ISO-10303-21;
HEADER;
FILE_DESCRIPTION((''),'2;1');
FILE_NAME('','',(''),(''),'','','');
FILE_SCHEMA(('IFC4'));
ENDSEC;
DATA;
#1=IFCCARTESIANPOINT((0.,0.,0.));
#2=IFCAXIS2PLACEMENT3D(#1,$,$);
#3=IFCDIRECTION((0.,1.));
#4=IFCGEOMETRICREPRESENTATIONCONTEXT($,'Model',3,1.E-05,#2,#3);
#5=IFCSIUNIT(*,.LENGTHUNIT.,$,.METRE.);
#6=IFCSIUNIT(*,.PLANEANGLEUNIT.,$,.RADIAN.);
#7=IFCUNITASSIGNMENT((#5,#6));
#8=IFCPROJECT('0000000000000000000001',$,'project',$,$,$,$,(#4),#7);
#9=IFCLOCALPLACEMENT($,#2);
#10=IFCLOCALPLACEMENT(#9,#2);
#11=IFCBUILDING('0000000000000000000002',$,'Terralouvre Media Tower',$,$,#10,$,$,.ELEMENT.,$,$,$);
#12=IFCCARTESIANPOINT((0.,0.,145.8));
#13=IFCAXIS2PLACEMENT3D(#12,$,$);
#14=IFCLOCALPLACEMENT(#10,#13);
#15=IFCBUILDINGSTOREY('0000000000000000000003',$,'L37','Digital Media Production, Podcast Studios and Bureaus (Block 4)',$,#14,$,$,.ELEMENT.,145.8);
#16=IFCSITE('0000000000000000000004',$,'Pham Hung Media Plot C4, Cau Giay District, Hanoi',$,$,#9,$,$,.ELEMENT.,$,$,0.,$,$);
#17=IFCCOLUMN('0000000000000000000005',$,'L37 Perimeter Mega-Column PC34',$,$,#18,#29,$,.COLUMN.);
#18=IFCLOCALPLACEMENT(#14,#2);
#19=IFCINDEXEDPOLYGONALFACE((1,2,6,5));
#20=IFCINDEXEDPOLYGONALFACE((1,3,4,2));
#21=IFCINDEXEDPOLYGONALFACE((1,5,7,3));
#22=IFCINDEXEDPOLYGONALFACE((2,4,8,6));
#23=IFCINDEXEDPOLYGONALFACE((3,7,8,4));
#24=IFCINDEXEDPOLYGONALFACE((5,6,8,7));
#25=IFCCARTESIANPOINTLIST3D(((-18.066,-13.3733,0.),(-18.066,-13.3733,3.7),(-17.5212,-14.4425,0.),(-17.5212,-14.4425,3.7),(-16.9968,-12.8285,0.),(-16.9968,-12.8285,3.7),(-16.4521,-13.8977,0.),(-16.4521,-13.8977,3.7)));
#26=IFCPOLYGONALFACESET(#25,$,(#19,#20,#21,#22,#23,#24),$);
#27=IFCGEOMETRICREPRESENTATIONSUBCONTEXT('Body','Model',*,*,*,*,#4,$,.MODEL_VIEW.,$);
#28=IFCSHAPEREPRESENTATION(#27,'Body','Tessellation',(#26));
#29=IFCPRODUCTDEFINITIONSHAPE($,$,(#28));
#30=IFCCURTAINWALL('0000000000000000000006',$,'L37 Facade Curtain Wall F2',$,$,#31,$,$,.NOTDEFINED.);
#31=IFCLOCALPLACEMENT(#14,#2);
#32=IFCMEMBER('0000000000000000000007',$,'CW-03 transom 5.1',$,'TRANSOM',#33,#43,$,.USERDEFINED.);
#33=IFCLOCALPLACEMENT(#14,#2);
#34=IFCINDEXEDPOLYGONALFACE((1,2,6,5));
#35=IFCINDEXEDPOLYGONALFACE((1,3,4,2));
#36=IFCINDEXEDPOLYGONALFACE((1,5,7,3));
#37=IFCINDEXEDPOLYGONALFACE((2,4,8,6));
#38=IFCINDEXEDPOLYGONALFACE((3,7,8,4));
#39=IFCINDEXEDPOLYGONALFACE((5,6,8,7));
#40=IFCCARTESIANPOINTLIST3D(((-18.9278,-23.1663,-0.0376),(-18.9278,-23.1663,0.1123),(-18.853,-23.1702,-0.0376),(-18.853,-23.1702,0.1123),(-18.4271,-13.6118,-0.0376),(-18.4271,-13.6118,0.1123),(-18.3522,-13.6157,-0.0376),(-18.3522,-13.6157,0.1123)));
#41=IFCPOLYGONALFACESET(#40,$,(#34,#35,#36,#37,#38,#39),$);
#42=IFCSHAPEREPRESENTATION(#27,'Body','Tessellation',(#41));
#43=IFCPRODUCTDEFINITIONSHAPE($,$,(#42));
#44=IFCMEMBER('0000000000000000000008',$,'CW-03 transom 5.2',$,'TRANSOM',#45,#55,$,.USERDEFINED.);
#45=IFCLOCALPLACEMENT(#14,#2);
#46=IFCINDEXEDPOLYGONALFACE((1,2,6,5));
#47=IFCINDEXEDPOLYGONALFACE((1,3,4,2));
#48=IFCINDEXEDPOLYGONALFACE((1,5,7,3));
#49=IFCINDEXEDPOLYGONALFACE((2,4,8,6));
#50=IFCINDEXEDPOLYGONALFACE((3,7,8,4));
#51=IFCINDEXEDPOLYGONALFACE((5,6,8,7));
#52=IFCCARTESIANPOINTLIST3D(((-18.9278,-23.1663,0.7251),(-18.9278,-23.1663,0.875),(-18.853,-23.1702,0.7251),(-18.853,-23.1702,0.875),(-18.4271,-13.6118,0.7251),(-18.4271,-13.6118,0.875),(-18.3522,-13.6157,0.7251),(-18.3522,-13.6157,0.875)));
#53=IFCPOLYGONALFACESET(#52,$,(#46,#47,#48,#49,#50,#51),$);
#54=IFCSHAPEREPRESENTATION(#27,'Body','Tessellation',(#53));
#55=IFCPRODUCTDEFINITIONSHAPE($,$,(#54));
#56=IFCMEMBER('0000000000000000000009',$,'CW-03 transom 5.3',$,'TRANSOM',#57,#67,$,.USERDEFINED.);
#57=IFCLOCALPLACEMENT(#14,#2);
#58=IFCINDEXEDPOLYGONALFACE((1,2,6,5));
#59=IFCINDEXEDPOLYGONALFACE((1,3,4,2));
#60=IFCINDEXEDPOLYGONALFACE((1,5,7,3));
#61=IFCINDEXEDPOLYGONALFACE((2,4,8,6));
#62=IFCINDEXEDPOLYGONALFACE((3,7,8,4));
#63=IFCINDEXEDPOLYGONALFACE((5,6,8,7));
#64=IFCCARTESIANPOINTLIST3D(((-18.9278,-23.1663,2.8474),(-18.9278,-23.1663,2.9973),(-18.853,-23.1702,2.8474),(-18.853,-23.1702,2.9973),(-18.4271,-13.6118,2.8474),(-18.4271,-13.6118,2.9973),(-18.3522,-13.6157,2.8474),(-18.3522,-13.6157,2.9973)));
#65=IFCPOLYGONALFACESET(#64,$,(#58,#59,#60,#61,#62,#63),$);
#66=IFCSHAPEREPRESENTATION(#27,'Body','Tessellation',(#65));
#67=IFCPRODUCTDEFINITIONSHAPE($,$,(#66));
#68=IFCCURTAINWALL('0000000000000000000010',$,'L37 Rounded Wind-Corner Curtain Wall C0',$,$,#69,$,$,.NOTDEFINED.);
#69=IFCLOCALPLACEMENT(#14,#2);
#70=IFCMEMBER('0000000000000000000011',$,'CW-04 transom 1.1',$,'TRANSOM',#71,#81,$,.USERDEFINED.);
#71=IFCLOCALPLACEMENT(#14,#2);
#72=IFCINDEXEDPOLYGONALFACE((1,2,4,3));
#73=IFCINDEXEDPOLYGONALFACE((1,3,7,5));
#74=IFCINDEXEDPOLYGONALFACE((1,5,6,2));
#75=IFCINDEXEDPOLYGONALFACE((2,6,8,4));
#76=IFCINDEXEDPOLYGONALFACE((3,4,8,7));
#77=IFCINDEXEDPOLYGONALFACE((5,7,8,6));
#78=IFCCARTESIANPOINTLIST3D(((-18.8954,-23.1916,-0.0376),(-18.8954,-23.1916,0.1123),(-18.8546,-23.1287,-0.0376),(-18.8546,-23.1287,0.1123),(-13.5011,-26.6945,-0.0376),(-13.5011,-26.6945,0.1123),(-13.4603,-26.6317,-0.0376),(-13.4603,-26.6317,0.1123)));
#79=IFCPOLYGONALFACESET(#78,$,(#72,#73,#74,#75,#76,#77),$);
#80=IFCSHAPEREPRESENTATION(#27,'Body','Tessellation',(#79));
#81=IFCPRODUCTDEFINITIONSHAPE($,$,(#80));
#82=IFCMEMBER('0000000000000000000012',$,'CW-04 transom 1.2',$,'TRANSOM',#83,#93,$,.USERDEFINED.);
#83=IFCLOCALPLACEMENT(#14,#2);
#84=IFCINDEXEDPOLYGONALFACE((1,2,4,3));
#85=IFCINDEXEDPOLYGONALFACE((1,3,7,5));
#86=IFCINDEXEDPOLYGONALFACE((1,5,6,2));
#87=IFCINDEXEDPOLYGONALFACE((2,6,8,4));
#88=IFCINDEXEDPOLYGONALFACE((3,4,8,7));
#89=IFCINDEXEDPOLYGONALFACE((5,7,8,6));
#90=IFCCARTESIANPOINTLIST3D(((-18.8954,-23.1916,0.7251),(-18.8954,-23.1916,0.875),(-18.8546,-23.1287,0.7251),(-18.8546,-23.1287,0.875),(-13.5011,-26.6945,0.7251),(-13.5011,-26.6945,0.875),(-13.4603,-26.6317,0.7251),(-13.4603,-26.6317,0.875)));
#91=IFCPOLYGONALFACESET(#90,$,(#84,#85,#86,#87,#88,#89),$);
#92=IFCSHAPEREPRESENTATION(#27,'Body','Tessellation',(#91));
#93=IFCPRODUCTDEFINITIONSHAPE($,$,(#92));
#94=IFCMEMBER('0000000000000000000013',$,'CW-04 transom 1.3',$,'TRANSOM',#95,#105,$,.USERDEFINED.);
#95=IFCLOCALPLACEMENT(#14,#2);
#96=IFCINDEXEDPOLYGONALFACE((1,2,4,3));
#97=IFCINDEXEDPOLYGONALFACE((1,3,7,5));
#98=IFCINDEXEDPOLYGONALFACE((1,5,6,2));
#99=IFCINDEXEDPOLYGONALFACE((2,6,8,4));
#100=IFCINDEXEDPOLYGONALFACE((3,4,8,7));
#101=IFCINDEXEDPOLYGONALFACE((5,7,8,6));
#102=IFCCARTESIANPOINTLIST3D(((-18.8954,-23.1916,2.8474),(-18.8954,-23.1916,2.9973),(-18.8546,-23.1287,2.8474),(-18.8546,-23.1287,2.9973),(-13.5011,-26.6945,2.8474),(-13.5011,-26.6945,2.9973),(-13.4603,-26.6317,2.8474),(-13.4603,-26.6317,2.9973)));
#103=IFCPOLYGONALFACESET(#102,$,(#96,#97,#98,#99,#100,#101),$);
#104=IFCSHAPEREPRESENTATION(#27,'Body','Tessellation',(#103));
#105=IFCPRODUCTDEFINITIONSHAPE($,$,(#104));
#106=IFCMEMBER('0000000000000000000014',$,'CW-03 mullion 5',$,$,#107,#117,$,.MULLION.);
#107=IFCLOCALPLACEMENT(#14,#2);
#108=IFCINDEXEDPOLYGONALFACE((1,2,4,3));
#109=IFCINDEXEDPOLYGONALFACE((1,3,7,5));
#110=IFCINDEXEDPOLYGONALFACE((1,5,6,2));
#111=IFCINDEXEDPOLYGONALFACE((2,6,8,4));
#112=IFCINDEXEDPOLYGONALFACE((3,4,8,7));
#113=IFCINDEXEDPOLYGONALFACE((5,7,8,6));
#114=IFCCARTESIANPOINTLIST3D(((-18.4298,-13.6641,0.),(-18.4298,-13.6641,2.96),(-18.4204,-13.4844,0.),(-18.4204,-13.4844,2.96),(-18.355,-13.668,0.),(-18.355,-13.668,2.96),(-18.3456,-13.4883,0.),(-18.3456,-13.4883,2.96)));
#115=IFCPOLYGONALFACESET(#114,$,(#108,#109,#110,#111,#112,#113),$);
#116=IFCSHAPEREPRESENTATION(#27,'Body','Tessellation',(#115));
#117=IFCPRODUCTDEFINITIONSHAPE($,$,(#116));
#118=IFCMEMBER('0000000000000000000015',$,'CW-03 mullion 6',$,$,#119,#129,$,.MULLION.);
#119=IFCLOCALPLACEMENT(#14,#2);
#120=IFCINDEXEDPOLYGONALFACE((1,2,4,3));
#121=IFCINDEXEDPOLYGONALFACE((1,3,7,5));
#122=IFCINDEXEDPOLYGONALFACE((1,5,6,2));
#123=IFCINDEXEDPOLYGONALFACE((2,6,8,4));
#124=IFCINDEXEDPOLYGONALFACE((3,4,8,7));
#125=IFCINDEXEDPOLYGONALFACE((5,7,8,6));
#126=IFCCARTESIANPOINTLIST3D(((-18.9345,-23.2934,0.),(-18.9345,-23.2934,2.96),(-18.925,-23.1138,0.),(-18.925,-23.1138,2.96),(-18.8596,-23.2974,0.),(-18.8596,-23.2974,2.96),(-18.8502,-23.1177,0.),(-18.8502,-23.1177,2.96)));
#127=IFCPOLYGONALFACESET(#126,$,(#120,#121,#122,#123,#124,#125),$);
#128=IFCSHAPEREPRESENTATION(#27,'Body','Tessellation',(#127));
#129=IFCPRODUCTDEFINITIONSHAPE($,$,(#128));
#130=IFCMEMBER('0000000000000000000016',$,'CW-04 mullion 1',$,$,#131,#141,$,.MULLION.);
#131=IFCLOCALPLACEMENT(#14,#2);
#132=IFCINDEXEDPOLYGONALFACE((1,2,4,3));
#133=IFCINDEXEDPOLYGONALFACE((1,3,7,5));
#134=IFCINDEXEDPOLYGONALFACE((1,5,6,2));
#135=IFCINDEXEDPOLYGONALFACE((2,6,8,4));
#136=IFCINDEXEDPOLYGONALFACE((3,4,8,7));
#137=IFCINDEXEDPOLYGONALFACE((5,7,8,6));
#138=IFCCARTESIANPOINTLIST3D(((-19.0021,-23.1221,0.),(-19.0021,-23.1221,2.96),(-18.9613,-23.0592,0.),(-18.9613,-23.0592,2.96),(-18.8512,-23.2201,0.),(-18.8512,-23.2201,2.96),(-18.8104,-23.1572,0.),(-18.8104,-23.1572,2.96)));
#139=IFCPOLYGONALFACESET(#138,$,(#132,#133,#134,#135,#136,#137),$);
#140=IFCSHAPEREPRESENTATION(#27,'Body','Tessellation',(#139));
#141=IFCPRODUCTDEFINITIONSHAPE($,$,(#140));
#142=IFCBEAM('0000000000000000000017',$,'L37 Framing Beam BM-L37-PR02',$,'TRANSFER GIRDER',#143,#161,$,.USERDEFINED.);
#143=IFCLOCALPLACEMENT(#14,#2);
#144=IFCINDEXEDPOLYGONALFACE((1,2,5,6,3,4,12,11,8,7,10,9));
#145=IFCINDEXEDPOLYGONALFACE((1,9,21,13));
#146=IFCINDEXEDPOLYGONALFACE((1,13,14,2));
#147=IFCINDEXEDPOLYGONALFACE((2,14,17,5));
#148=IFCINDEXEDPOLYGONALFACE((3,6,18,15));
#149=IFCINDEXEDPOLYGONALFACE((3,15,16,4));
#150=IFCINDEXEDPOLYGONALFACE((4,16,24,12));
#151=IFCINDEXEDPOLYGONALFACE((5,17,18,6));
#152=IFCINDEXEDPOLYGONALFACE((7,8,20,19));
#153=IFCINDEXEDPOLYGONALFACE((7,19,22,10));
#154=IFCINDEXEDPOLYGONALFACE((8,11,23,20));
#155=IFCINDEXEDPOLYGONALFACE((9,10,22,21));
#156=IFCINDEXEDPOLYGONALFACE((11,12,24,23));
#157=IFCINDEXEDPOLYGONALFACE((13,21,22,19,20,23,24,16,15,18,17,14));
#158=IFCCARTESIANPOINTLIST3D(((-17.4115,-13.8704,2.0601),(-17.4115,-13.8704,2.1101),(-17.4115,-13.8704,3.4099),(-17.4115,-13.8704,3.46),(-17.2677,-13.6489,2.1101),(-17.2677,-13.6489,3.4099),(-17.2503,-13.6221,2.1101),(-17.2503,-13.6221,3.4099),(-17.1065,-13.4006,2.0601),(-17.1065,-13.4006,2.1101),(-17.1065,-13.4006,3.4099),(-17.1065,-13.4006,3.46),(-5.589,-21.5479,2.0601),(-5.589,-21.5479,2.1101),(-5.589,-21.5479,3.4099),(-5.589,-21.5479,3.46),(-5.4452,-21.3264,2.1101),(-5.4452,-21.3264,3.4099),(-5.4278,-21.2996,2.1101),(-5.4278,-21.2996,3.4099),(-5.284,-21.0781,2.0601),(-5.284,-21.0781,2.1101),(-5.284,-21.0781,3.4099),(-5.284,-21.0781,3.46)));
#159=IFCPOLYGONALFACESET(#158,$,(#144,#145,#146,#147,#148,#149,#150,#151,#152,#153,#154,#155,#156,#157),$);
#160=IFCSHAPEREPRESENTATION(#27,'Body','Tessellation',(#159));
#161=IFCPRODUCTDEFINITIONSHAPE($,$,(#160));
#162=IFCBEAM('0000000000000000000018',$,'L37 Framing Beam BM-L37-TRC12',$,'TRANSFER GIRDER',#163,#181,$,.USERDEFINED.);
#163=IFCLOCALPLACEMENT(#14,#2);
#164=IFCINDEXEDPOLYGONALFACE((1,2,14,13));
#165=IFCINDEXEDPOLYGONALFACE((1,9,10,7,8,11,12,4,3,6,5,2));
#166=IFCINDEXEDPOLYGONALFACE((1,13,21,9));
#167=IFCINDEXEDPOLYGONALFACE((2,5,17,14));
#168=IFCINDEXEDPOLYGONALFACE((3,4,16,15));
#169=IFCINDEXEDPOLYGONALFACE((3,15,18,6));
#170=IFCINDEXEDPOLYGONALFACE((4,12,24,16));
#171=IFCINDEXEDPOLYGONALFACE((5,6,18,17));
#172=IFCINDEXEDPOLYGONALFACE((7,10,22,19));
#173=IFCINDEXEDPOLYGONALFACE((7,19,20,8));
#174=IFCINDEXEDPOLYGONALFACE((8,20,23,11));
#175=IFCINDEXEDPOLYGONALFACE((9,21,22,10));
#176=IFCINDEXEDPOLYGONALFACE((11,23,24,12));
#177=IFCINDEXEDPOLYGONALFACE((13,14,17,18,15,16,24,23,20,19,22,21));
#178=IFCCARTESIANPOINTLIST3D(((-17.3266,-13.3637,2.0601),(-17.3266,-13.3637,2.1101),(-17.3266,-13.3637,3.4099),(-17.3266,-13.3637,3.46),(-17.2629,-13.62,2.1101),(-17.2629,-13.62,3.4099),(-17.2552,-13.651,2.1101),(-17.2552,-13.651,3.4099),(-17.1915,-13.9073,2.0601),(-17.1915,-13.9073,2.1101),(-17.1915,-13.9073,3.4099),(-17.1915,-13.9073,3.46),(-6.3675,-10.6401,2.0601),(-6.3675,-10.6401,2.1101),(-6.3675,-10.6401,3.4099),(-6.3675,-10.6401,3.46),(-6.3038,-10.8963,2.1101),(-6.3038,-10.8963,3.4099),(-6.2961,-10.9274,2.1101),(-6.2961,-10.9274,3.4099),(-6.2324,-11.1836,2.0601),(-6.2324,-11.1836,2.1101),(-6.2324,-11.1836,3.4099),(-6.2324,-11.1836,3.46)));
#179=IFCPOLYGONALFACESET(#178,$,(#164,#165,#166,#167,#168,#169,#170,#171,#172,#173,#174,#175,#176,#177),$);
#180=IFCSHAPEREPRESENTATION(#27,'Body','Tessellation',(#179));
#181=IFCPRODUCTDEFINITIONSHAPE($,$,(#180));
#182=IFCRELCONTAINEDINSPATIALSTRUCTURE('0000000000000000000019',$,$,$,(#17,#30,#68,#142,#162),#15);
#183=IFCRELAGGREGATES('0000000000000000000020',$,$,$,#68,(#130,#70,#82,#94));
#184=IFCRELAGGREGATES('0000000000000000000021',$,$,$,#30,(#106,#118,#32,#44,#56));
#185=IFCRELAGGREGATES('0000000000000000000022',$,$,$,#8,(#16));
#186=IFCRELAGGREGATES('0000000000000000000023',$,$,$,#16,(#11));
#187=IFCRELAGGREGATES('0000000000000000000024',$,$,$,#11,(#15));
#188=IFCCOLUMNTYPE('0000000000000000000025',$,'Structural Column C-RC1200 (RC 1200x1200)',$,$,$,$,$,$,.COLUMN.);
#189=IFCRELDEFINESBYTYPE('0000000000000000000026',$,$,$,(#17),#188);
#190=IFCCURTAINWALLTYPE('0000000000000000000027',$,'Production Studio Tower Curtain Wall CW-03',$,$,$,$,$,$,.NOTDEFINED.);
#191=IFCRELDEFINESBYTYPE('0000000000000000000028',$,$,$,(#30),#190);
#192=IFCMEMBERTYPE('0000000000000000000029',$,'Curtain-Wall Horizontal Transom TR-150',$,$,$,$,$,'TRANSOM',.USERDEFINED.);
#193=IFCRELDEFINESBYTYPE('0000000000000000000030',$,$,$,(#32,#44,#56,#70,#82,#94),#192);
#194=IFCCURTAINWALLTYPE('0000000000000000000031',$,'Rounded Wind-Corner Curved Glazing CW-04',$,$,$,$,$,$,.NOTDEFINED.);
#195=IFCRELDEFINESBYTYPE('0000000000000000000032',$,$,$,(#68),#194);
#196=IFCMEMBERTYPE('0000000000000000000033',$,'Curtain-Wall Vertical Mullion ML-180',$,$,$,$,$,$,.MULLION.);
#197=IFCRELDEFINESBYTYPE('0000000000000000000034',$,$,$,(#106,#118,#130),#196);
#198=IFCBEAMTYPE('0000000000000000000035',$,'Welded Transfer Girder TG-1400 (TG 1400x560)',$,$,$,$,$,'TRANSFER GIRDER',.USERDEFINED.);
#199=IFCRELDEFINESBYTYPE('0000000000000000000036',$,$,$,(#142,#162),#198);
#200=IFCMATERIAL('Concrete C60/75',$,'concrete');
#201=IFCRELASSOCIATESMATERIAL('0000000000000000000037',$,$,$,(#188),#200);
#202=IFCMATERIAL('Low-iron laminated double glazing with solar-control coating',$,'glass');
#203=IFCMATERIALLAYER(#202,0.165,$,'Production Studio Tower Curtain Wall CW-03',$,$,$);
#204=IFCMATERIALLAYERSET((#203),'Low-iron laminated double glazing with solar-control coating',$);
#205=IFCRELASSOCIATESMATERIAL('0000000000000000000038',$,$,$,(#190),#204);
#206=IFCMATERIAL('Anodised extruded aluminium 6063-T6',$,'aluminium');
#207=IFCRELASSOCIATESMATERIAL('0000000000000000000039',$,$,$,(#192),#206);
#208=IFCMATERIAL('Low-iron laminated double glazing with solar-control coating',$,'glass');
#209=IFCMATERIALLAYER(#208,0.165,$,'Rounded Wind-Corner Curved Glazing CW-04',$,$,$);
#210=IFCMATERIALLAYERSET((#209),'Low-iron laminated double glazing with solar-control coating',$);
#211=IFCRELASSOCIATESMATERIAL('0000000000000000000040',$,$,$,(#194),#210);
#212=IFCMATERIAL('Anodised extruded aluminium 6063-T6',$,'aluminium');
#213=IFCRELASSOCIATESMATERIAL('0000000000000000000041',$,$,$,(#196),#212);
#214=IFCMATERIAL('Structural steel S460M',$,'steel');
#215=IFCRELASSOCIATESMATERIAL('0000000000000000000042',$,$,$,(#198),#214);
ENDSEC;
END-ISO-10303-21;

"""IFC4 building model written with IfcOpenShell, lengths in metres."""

from ifc_helpers import new_model, si_unit, direction, frame, origin, origin_2d, place, context, subcontext, project, spatial, rectangle, i_section, extrude, material, layer, layer_set, material_profile, profile_set, type_object, element, aggregate, save


model = new_model("IFC4")

# Units and contexts
model_context = context("Model", 3, precision=1e-05, world=origin(), true_north=direction((0.0, 1.0)))
body_context = subcontext(model_context, "Body", "Model", "MODEL_VIEW")
ifc_project = project(units=[si_unit("LENGTHUNIT", "METRE"), si_unit("PLANEANGLEUNIT", "RADIAN")], contexts=[model_context])

# Site, building, storey
site_placement = place(None, origin())
site = spatial("IfcSite", under=ifc_project, at=site_placement, Name="Pham Hung Media Plot C4, Cau Giay District, Hanoi", CompositionType="ELEMENT", RefElevation=0.0)
building_placement = place(site_placement, origin())
building = spatial("IfcBuilding", under=site, at=building_placement, Name="Terralouvre Media Tower", CompositionType="ELEMENT")
storey_placement = place(building_placement, frame((0.0, 0.0, 145.8)))
storey = spatial("IfcBuildingStorey", under=building, at=storey_placement, Name="L37", Description="Digital Media Production, Podcast Studios and Bureaus (Block 4)", CompositionType="ELEMENT", Elevation=145.8)

# Column
ifc_material_1 = material(Name="Concrete C60/75", Category="concrete")
ifc_material_profile_1 = material_profile(ifc_material_1, rectangle(XDim=1.2, YDim=1.2, at=origin_2d()), Name="RC 1200x1200")
ifc_profile_set_1 = profile_set([ifc_material_profile_1], Name="Concrete C60/75")
column_type = type_object("IfcColumnType", Name="Structural Column C-RC1200 (RC 1200x1200)", PredefinedType="COLUMN", material=ifc_profile_set_1)
column_placement = place(storey_placement, frame((-17.259, -13.6355, 0.0), z_axis=(0.0, 0.0, 1.0), x_axis=(0.891007, 0.45399, 0.0)))
element("IfcColumn", 1, at=column_placement, inside=storey, type_object=column_type, Name="L37 Perimeter Mega-Column PC34", PredefinedType="COLUMN", context=body_context, shape_type="SweptSolid", body=[
    extrude(rectangle(XDim=1.2, YDim=1.2, at=origin_2d()), origin(), (0.0, 0.0, 1.0), 3.7),
])

# Curtain walls, members
ifc_material_2 = material(Name="Low-iron laminated double glazing with solar-control coating", Category="glass")
ifc_layer_1 = layer(ifc_material_2, 0.165, Name="Production Studio Tower Curtain Wall CW-03")
ifc_layer_set_1 = layer_set([ifc_layer_1], Name="Low-iron laminated double glazing with solar-control coating")
curtain_wall_type_1 = type_object("IfcCurtainWallType", Name="Production Studio Tower Curtain Wall CW-03", PredefinedType="NOTDEFINED", material=ifc_layer_set_1)
curtain_wall_1_placement = place(storey_placement, origin())
curtain_wall_1 = element("IfcCurtainWall", 2, at=curtain_wall_1_placement, inside=storey, type_object=curtain_wall_type_1, Name="L37 Facade Curtain Wall F2", PredefinedType="NOTDEFINED")
ifc_material_3 = material(Name="Anodised extruded aluminium 6063-T6", Category="aluminium")
ifc_material_profile_2 = material_profile(ifc_material_3, rectangle(XDim=0.075, YDim=0.1499, at=origin_2d()), Name="ALU 75x150")
ifc_profile_set_2 = profile_set([ifc_material_profile_2], Name="Anodised extruded aluminium 6063-T6")
member_type_1 = type_object("IfcMemberType", Name="Curtain-Wall Horizontal Transom TR-150", ElementType="TRANSOM", PredefinedType="USERDEFINED", material=ifc_profile_set_2)
member_1_placement = place(storey_placement, frame((-18.3896, -13.6138, 0.0374), z_axis=(-0.052337, -0.99863, 0.0), x_axis=(0.99863, -0.052337, 0.0)))
member_1 = element("IfcMember", 3, at=member_1_placement, type_object=member_type_1, Name="CW-03 transom 5.1", ObjectType="TRANSOM", PredefinedType="USERDEFINED", context=body_context, shape_type="SweptSolid", body=[
    extrude(rectangle(XDim=0.075, YDim=0.1499, at=origin_2d()), origin(), (0.0, 0.0, 1.0), 9.5676),
])
member_2_placement = place(storey_placement, frame((-18.3896, -13.6138, 0.8), z_axis=(-0.052337, -0.99863, 0.0), x_axis=(0.99863, -0.052337, 0.0)))
member_2 = element("IfcMember", 4, at=member_2_placement, type_object=member_type_1, Name="CW-03 transom 5.2", ObjectType="TRANSOM", PredefinedType="USERDEFINED", context=body_context, shape_type="SweptSolid", body=[
    extrude(rectangle(XDim=0.075, YDim=0.1499, at=origin_2d()), origin(), (0.0, 0.0, 1.0), 9.5676),
])
member_3_placement = place(storey_placement, frame((-18.3896, -13.6138, 2.9224), z_axis=(-0.052337, -0.99863, 0.0), x_axis=(0.99863, -0.052337, 0.0)))
member_3 = element("IfcMember", 5, at=member_3_placement, type_object=member_type_1, Name="CW-03 transom 5.3", ObjectType="TRANSOM", PredefinedType="USERDEFINED", context=body_context, shape_type="SweptSolid", body=[
    extrude(rectangle(XDim=0.075, YDim=0.1499, at=origin_2d()), origin(), (0.0, 0.0, 1.0), 9.5676),
])
ifc_material_4 = material(Name="Low-iron laminated double glazing with solar-control coating", Category="glass")
ifc_layer_2 = layer(ifc_material_4, 0.165, Name="Rounded Wind-Corner Curved Glazing CW-04")
ifc_layer_set_2 = layer_set([ifc_layer_2], Name="Low-iron laminated double glazing with solar-control coating")
curtain_wall_type_2 = type_object("IfcCurtainWallType", Name="Rounded Wind-Corner Curved Glazing CW-04", PredefinedType="NOTDEFINED", material=ifc_layer_set_2)
curtain_wall_2_placement = place(storey_placement, origin())
curtain_wall_2 = element("IfcCurtainWall", 6, at=curtain_wall_2_placement, inside=storey, type_object=curtain_wall_type_2, Name="L37 Rounded Wind-Corner Curtain Wall C0", PredefinedType="NOTDEFINED")
member_4_placement = place(storey_placement, frame((-18.875, -23.1602, 0.0374), z_axis=(0.838682, -0.544621, 0.0), x_axis=(0.544621, 0.838682, 0.0)))
member_4 = element("IfcMember", 7, at=member_4_placement, type_object=member_type_1, Name="CW-04 transom 1.1", ObjectType="TRANSOM", PredefinedType="USERDEFINED", context=body_context, shape_type="SweptSolid", body=[
    extrude(rectangle(XDim=0.075, YDim=0.1499, at=origin_2d()), origin(), (0.0, 0.0, 1.0), 6.4319),
])
member_5_placement = place(storey_placement, frame((-18.875, -23.1602, 0.8), z_axis=(0.838682, -0.544621, 0.0), x_axis=(0.544621, 0.838682, 0.0)))
member_5 = element("IfcMember", 8, at=member_5_placement, type_object=member_type_1, Name="CW-04 transom 1.2", ObjectType="TRANSOM", PredefinedType="USERDEFINED", context=body_context, shape_type="SweptSolid", body=[
    extrude(rectangle(XDim=0.075, YDim=0.1499, at=origin_2d()), origin(), (0.0, 0.0, 1.0), 6.4319),
])
member_6_placement = place(storey_placement, frame((-18.875, -23.1602, 2.9224), z_axis=(0.838682, -0.544621, 0.0), x_axis=(0.544621, 0.838682, 0.0)))
member_6 = element("IfcMember", 9, at=member_6_placement, type_object=member_type_1, Name="CW-04 transom 1.3", ObjectType="TRANSOM", PredefinedType="USERDEFINED", context=body_context, shape_type="SweptSolid", body=[
    extrude(rectangle(XDim=0.075, YDim=0.1499, at=origin_2d()), origin(), (0.0, 0.0, 1.0), 6.4319),
])

# Members
ifc_material_5 = material(Name="Anodised extruded aluminium 6063-T6", Category="aluminium")
ifc_material_profile_3 = material_profile(ifc_material_5, rectangle(XDim=0.075, YDim=0.1799, at=origin_2d()), Name="ALU 75x180")
ifc_profile_set_3 = profile_set([ifc_material_profile_3], Name="Anodised extruded aluminium 6063-T6")
member_type_2 = type_object("IfcMemberType", Name="Curtain-Wall Vertical Mullion ML-180", PredefinedType="MULLION", material=ifc_profile_set_3)
member_7_placement = place(storey_placement, frame((-18.3877, -13.5762, 0.0), z_axis=(0.0, 0.0, 1.0), x_axis=(0.99863, -0.052336, 0.0)))
member_7 = element("IfcMember", 10, at=member_7_placement, type_object=member_type_2, Name="CW-03 mullion 5", PredefinedType="MULLION", context=body_context, shape_type="SweptSolid", body=[
    extrude(rectangle(XDim=0.075, YDim=0.1799, at=origin_2d()), origin(), (0.0, 0.0, 1.0), 2.96),
])
member_8_placement = place(storey_placement, frame((-18.8923, -23.2056, 0.0), z_axis=(0.0, 0.0, 1.0), x_axis=(0.99863, -0.052336, 0.0)))
member_8 = element("IfcMember", 11, at=member_8_placement, type_object=member_type_2, Name="CW-03 mullion 6", PredefinedType="MULLION", context=body_context, shape_type="SweptSolid", body=[
    extrude(rectangle(XDim=0.075, YDim=0.1799, at=origin_2d()), origin(), (0.0, 0.0, 1.0), 2.96),
])
member_9_placement = place(storey_placement, frame((-18.9062, -23.1396, 0.0), z_axis=(0.0, 0.0, 1.0), x_axis=(0.544639, 0.83867, 0.0)))
member_9 = element("IfcMember", 12, at=member_9_placement, type_object=member_type_2, Name="CW-04 mullion 1", PredefinedType="MULLION", context=body_context, shape_type="SweptSolid", body=[
    extrude(rectangle(XDim=0.075, YDim=0.1799, at=origin_2d()), origin(), (0.0, 0.0, 1.0), 2.96),
])

# Beams
ifc_material_6 = material(Name="Structural steel S460M", Category="steel")
ifc_material_profile_4 = material_profile(ifc_material_6, i_section(OverallWidth=0.5601, OverallDepth=1.3999, WebThickness=0.032, FlangeThickness=0.05, at=origin_2d()), Name="TG 1400x560")
ifc_profile_set_4 = profile_set([ifc_material_profile_4], Name="Structural steel S460M")
beam_type = type_object("IfcBeamType", Name="Welded Transfer Girder TG-1400 (TG 1400x560)", ElementType="TRANSFER GIRDER", PredefinedType="USERDEFINED", material=ifc_profile_set_4)
beam_1_placement = place(storey_placement, frame((-17.259, -13.6355, 2.76), z_axis=(0.838675, -0.544632, 0.0), x_axis=(0.544632, 0.838675, 0.0)))
element("IfcBeam", 13, at=beam_1_placement, inside=storey, type_object=beam_type, Name="L37 Framing Beam BM-L37-PR02", ObjectType="TRANSFER GIRDER", PredefinedType="USERDEFINED", context=body_context, shape_type="SweptSolid", body=[
    extrude(i_section(OverallWidth=0.5601, OverallDepth=1.3999, WebThickness=0.032, FlangeThickness=0.05, at=origin_2d()), origin(), (0.0, 0.0, 1.0), 14.0967),
])
beam_2_placement = place(storey_placement, frame((-17.259, -13.6355, 2.76), z_axis=(0.970477, 0.241192, 0.0), x_axis=(-0.241192, 0.970477, 0.0)))
element("IfcBeam", 14, at=beam_2_placement, inside=storey, type_object=beam_type, Name="L37 Framing Beam BM-L37-TRC12", ObjectType="TRANSFER GIRDER", PredefinedType="USERDEFINED", context=body_context, shape_type="SweptSolid", body=[
    extrude(i_section(OverallWidth=0.5601, OverallDepth=1.3999, WebThickness=0.032, FlangeThickness=0.05, at=origin_2d()), origin(), (0.0, 0.0, 1.0), 11.2925),
])

aggregate(curtain_wall_2, [member_9, member_4, member_5, member_6])
aggregate(curtain_wall_1, [member_7, member_8, member_1, member_2, member_3])

save(model, "model.ifc")
